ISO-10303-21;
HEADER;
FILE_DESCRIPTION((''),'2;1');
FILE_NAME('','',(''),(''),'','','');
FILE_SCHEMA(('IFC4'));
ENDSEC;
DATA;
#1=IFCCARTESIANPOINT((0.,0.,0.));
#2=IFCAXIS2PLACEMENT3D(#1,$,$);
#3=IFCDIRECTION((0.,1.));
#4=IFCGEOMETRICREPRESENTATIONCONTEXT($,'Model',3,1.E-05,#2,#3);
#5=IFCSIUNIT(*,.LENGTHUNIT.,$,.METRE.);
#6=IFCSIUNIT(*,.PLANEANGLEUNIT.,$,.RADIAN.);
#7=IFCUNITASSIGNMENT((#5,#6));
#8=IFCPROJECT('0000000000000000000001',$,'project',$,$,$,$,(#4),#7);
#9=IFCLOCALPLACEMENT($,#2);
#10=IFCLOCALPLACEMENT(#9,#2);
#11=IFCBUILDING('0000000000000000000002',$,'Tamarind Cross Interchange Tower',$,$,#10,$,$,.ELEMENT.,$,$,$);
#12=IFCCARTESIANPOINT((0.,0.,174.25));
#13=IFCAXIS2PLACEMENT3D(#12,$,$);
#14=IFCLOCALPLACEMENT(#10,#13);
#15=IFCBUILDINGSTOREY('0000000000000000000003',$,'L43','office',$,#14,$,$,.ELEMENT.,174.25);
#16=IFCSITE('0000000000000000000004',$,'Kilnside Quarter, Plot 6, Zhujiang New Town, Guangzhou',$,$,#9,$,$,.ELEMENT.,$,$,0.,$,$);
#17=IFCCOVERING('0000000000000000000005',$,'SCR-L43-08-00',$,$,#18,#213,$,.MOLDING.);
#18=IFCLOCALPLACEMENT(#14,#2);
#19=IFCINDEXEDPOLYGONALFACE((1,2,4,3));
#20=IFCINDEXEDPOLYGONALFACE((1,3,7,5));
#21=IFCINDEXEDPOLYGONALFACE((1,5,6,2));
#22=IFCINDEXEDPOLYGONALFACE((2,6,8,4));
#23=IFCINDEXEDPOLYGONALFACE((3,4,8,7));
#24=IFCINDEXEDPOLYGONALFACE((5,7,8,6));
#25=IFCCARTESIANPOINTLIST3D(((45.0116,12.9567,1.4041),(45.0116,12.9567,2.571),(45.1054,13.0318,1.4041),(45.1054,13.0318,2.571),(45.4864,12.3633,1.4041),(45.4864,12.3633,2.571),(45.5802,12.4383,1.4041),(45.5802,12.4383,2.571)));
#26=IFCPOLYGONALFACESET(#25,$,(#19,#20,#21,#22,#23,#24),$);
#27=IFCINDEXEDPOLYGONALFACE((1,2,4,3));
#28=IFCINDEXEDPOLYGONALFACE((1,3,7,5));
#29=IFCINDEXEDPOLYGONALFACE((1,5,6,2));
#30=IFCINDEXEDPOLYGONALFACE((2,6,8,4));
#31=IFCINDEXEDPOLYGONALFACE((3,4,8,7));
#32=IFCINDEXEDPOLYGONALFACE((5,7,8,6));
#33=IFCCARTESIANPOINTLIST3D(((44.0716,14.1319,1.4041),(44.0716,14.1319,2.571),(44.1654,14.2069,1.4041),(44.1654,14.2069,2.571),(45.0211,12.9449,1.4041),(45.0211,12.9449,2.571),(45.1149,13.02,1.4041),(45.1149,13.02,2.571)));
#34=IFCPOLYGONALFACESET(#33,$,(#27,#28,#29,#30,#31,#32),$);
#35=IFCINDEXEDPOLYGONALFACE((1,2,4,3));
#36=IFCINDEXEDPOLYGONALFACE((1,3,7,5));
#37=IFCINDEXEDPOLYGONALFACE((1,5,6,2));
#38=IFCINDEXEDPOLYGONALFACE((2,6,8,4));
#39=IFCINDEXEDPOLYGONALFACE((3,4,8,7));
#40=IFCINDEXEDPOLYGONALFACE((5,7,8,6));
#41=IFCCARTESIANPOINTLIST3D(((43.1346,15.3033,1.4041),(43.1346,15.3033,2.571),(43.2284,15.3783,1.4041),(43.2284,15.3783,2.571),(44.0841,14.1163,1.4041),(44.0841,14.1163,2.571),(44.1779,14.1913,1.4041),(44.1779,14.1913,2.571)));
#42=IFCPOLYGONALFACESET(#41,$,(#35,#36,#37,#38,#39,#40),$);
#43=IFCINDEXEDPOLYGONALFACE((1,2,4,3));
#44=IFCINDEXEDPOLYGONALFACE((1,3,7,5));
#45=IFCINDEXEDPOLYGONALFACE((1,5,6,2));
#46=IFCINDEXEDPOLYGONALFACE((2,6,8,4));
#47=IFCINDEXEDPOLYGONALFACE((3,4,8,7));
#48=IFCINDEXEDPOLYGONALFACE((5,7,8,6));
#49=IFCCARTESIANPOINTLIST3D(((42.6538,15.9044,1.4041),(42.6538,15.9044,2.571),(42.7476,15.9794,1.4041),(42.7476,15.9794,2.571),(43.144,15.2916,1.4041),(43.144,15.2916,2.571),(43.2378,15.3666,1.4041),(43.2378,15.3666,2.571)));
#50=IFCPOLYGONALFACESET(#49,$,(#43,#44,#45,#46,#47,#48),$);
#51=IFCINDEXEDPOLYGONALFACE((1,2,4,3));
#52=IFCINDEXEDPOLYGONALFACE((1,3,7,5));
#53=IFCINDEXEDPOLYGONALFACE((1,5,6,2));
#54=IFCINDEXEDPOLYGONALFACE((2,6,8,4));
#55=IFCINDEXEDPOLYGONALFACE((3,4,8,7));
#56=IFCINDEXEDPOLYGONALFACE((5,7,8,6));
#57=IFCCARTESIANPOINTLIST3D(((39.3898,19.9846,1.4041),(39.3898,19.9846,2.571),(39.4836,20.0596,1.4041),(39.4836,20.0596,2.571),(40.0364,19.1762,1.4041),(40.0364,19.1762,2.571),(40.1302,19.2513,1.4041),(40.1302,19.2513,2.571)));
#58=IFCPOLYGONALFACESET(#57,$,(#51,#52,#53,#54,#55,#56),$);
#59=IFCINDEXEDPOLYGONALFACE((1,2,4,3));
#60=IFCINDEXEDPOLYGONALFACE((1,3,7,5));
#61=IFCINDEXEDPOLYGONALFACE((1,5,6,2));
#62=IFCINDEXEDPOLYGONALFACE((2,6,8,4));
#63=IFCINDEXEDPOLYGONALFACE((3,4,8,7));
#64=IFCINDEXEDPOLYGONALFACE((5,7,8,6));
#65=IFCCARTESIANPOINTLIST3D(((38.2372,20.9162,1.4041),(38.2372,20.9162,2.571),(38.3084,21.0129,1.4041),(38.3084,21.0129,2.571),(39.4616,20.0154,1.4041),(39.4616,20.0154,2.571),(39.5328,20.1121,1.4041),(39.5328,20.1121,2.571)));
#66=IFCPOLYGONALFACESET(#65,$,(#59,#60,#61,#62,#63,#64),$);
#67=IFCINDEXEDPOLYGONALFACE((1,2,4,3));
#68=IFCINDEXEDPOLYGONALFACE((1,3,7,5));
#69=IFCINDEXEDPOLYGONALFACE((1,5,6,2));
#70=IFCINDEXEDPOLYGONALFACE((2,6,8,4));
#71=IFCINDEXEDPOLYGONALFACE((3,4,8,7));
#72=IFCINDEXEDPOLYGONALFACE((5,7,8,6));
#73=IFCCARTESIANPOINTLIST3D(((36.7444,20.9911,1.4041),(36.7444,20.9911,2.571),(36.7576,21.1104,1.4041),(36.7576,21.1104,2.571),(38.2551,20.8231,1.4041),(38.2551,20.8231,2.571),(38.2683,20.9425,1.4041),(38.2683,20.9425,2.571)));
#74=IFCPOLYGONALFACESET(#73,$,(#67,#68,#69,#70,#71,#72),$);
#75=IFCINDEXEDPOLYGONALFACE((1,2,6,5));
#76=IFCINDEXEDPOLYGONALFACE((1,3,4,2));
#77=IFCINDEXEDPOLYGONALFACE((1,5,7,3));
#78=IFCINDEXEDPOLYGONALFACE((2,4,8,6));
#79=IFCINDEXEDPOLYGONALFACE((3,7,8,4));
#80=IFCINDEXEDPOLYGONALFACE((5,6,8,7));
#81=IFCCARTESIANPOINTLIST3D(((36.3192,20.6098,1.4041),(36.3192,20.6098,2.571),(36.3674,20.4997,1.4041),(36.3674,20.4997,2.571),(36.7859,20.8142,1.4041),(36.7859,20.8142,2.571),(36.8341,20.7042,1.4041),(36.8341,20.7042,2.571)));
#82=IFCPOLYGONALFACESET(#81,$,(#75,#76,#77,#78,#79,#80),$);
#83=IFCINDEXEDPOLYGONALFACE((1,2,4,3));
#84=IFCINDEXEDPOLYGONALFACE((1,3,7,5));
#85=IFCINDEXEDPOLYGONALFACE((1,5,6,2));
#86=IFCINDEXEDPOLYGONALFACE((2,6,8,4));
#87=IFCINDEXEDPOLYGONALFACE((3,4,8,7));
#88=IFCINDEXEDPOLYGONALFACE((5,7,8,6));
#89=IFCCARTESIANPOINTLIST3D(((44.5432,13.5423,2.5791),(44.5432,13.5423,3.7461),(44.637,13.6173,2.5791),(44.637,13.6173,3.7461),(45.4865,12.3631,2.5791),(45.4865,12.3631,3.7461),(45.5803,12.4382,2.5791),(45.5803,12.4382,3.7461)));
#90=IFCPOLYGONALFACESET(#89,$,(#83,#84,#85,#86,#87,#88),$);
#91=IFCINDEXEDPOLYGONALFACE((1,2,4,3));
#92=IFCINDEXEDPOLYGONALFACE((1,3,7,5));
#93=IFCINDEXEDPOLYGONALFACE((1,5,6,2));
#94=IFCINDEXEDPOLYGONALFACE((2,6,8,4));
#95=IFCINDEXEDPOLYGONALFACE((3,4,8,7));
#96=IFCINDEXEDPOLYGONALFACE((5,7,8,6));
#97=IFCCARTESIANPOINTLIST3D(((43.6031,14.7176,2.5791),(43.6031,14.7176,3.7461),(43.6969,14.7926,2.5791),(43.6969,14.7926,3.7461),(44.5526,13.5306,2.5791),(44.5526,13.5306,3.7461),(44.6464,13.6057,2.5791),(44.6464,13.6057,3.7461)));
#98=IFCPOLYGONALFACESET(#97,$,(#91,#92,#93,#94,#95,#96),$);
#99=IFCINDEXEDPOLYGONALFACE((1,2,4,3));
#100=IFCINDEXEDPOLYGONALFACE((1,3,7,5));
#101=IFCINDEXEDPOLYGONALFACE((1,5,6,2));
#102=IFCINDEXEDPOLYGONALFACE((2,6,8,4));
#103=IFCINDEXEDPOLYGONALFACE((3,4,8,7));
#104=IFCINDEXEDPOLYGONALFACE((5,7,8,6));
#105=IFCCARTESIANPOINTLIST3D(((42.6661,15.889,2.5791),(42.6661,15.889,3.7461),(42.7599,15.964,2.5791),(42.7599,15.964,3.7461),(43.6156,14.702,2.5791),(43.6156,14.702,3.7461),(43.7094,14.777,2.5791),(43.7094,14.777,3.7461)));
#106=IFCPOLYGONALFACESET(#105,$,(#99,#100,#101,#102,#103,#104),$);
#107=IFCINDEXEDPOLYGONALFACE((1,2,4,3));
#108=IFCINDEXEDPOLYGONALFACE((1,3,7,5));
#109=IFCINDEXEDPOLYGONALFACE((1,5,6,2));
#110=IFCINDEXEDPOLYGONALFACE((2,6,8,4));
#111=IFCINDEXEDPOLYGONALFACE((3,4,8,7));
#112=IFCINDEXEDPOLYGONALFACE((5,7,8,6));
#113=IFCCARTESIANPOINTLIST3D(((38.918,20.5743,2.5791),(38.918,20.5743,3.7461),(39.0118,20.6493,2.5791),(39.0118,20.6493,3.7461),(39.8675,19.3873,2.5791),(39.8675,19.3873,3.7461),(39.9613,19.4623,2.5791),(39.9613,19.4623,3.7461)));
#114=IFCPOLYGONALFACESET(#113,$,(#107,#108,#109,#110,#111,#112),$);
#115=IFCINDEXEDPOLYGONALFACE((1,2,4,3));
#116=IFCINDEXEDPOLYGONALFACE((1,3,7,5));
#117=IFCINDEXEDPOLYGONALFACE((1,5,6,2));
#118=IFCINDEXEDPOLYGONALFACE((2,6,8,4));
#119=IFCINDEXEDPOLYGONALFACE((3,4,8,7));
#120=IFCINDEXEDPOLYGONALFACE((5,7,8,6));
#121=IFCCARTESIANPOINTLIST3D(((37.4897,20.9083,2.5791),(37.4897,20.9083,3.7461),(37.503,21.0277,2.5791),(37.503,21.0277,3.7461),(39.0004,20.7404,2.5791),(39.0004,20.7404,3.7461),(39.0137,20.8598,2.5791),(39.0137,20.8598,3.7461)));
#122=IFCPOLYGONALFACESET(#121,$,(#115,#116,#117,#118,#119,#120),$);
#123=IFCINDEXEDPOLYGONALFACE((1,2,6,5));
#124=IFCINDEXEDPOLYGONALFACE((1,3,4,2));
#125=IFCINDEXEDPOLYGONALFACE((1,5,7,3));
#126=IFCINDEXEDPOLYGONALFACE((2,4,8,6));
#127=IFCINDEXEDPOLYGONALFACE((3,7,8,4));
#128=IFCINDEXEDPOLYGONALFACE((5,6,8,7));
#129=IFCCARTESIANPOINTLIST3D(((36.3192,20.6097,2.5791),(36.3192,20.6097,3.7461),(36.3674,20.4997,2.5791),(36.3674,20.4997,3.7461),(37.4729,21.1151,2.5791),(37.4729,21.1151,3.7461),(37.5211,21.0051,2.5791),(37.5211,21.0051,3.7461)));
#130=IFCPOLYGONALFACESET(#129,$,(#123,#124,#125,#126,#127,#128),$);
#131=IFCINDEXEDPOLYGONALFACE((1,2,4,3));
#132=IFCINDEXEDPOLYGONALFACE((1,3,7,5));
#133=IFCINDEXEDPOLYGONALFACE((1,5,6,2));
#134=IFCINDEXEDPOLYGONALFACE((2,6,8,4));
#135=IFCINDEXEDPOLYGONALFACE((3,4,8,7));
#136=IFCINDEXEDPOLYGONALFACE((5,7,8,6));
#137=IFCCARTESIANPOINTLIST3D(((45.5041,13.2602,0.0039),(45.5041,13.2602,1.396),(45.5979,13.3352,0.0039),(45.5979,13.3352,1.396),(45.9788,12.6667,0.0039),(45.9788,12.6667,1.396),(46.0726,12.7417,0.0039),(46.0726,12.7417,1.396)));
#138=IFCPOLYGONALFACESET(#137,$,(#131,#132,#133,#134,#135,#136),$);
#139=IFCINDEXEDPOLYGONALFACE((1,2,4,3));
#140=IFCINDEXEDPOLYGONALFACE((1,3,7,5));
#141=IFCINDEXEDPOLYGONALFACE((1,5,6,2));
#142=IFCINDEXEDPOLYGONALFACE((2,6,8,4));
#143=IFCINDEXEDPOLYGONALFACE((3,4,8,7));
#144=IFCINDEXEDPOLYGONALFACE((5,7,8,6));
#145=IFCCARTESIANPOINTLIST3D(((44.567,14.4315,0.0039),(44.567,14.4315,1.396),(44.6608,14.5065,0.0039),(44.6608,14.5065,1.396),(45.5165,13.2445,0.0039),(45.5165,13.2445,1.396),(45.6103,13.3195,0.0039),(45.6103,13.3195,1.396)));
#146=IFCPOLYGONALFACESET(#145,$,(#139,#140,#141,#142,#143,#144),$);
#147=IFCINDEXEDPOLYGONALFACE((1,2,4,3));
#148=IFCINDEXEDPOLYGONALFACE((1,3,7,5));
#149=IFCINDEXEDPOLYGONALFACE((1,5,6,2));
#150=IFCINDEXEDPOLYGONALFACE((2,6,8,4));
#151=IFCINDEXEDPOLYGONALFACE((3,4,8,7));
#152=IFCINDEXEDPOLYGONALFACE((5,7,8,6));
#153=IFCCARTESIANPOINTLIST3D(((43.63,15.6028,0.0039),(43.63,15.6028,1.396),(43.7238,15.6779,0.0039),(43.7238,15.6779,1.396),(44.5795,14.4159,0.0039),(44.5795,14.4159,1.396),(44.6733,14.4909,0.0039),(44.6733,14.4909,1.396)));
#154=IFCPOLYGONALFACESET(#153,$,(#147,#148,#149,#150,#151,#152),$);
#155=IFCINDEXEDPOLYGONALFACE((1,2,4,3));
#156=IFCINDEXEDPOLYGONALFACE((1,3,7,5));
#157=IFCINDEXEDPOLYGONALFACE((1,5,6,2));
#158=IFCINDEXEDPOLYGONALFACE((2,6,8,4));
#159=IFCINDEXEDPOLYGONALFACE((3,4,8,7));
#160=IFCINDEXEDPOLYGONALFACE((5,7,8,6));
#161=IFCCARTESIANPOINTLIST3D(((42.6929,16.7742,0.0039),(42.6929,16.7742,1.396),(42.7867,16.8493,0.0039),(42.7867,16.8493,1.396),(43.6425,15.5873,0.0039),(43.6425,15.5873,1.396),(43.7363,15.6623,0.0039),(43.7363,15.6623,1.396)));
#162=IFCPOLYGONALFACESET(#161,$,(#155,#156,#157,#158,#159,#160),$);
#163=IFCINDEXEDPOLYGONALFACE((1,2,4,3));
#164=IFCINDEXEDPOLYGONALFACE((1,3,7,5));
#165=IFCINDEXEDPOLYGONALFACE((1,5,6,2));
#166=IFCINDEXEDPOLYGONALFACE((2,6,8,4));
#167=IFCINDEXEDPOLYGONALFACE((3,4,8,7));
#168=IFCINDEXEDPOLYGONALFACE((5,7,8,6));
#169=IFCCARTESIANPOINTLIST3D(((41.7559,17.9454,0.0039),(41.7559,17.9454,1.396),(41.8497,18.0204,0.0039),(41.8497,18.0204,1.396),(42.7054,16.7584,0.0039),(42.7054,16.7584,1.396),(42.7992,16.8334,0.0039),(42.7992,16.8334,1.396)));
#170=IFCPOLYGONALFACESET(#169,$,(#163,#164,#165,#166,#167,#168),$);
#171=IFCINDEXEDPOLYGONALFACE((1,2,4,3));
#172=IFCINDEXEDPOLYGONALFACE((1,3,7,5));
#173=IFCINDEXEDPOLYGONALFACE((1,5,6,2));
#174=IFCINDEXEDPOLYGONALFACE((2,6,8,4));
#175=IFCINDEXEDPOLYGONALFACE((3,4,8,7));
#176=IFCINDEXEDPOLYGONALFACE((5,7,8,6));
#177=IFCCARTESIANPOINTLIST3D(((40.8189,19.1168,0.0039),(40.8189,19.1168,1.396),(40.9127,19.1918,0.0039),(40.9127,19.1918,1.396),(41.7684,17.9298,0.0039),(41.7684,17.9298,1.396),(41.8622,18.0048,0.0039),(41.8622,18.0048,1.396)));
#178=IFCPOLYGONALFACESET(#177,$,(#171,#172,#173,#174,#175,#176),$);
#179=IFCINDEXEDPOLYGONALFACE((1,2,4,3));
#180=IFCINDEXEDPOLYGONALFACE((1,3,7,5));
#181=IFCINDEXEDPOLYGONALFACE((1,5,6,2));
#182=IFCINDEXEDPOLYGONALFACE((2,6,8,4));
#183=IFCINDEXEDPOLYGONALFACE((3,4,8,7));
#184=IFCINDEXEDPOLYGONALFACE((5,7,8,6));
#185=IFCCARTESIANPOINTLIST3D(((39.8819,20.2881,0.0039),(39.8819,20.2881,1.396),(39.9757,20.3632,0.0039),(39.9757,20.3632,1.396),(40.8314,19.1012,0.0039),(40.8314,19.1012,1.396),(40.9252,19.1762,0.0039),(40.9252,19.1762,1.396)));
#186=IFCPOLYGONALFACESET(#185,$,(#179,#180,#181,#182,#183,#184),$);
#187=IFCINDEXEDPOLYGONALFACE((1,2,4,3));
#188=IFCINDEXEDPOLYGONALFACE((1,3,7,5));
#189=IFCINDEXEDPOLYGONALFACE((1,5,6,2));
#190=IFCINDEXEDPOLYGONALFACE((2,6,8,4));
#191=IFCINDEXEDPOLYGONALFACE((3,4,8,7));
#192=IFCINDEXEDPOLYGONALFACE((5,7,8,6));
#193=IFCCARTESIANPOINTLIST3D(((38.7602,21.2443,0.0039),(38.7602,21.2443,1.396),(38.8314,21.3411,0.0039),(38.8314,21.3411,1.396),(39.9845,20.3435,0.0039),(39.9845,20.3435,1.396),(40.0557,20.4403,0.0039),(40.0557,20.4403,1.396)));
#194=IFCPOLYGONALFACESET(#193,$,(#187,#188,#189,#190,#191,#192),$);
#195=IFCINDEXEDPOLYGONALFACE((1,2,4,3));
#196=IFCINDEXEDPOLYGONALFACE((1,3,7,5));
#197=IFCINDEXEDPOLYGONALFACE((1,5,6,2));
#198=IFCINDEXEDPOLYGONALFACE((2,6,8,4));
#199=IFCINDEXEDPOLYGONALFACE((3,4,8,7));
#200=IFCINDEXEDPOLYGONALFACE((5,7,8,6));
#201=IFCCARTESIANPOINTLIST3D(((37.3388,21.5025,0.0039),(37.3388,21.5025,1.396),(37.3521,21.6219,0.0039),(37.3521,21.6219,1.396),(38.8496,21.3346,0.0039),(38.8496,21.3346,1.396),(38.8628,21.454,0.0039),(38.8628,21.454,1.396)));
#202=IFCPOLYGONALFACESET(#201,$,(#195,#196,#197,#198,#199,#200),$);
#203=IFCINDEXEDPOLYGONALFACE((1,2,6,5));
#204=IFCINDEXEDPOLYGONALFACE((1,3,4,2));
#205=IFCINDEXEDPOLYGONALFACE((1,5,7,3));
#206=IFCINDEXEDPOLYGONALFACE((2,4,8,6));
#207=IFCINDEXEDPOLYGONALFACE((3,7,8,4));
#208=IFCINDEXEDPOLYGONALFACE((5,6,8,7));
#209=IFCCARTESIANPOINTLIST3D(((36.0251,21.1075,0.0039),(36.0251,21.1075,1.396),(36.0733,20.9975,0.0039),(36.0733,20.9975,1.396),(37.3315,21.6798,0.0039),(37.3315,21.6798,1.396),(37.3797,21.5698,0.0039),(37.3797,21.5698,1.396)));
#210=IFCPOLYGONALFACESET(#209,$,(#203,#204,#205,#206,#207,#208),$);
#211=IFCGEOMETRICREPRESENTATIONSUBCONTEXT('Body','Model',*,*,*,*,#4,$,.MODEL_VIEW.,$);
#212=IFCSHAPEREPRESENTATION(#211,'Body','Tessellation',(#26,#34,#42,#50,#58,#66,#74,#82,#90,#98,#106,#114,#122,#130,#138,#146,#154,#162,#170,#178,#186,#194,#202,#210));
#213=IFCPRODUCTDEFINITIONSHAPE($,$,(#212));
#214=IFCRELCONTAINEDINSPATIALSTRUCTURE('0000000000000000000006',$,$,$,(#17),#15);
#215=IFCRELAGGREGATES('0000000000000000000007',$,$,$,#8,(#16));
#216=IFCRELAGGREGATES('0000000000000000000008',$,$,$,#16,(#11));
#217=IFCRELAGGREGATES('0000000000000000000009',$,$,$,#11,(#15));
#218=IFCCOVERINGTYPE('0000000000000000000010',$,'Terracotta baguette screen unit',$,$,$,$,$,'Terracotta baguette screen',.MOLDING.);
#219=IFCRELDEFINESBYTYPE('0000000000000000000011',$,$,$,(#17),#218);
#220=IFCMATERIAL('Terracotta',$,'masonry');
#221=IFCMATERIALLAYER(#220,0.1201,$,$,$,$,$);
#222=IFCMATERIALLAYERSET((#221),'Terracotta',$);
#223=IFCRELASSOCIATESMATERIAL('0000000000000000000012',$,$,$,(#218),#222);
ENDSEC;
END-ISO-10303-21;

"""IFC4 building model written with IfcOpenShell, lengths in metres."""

from ifc_helpers import new_model, si_unit, direction, frame, origin, origin_2d, place, context, subcontext, project, spatial, rectangle, extrude, material, layer, layer_set, type_object, element, save


model = new_model("IFC4")

# Units and contexts
model_context = context("Model", 3, precision=1e-05, world=origin(), true_north=direction((0.0, 1.0)))
body_context = subcontext(model_context, "Body", "Model", "MODEL_VIEW")
ifc_project = project(units=[si_unit("LENGTHUNIT", "METRE"), si_unit("PLANEANGLEUNIT", "RADIAN")], contexts=[model_context])

# Site, building, storey
site_placement = place(None, origin())
site = spatial("IfcSite", under=ifc_project, at=site_placement, Name="Kilnside Quarter, Plot 6, Zhujiang New Town, Guangzhou", CompositionType="ELEMENT", RefElevation=0.0)
building_placement = place(site_placement, origin())
building = spatial("IfcBuilding", under=site, at=building_placement, Name="Tamarind Cross Interchange Tower", CompositionType="ELEMENT")
storey_placement = place(building_placement, frame((0.0, 0.0, 174.25)))
storey = spatial("IfcBuildingStorey", under=building, at=storey_placement, Name="L43", Description="office", CompositionType="ELEMENT", Elevation=174.25)

# Covering
ifc_material_1 = material(Name="Terracotta", Category="masonry")
ifc_layer_1 = layer(ifc_material_1, 0.1201)
ifc_layer_set_1 = layer_set([ifc_layer_1], Name="Terracotta")
covering_type = type_object("IfcCoveringType", Name="Terracotta baguette screen unit", ElementType="Terracotta baguette screen", PredefinedType="MOLDING", material=ifc_layer_set_1)
covering_1_placement = place(storey_placement, origin())
element("IfcCovering", 1, at=covering_1_placement, inside=storey, type_object=covering_type, Name="SCR-L43-08-00", PredefinedType="MOLDING", context=body_context, shape_type="SweptSolid", body=[
    extrude(rectangle(XDim=0.76, YDim=0.1201, at=origin_2d()), frame((45.2959, 12.6975, 1.4041), z_axis=(0.0, 0.0, 1.0), x_axis=(-0.624665, 0.780893, 0.0)), (0.0, 0.0, 1.0), 1.167),
    extrude(rectangle(XDim=1.52, YDim=0.1201, at=origin_2d()), frame((44.5933, 13.5759, 1.4041), z_axis=(0.0, 0.0, 1.0), x_axis=(-0.624665, 0.780893, 0.0)), (0.0, 0.0, 1.0), 1.167),
    extrude(rectangle(XDim=1.52, YDim=0.1201, at=origin_2d()), frame((43.6562, 14.7473, 1.4041), z_axis=(0.0, 0.0, 1.0), x_axis=(-0.624665, 0.780893, 0.0)), (0.0, 0.0, 1.0), 1.167),
    extrude(rectangle(XDim=0.7847, YDim=0.1201, at=origin_2d()), frame((42.9458, 15.6355, 1.4041), z_axis=(0.0, 0.0, 1.0), x_axis=(-0.624665, 0.780893, 0.0)), (0.0, 0.0, 1.0), 1.167),
    extrude(rectangle(XDim=1.0352, YDim=0.1201, at=origin_2d()), frame((39.76, 19.6179, 1.4041), z_axis=(0.0, 0.0, 1.0), x_axis=(-0.624665, 0.780893, 0.0)), (0.0, 0.0, 1.0), 1.167),
    extrude(rectangle(XDim=1.52, YDim=0.1201, at=origin_2d()), frame((38.885, 20.5142, 1.4041), z_axis=(0.0, 0.0, 1.0), x_axis=(-0.80549, 0.592609, 0.0)), (0.0, 0.0, 1.0), 1.167),
    extrude(rectangle(XDim=1.52, YDim=0.1201, at=origin_2d()), frame((37.5063, 20.9668, 1.4041), z_axis=(0.0, 0.0, 1.0), x_axis=(-0.993879, 0.11047, 0.0)), (0.0, 0.0, 1.0), 1.167),
    extrude(rectangle(XDim=0.5095, YDim=0.1201, at=origin_2d()), frame((36.5767, 20.657, 1.4041), z_axis=(0.0, 0.0, 1.0), x_axis=(-0.91596, -0.40127, 0.0)), (0.0, 0.0, 1.0), 1.167),
    extrude(rectangle(XDim=1.51, YDim=0.1201, at=origin_2d()), frame((45.0618, 12.9902, 2.5791), z_axis=(0.0, 0.0, 1.0), x_axis=(-0.624665, 0.780893, 0.0)), (0.0, 0.0, 1.0), 1.167),
    extrude(rectangle(XDim=1.52, YDim=0.1201, at=origin_2d()), frame((44.1248, 14.1616, 2.5791), z_axis=(0.0, 0.0, 1.0), x_axis=(-0.624665, 0.780893, 0.0)), (0.0, 0.0, 1.0), 1.167),
    extrude(rectangle(XDim=1.52, YDim=0.1201, at=origin_2d()), frame((43.1877, 15.333, 2.5791), z_axis=(0.0, 0.0, 1.0), x_axis=(-0.624665, 0.780893, 0.0)), (0.0, 0.0, 1.0), 1.167),
    extrude(rectangle(XDim=1.52, YDim=0.1201, at=origin_2d()), frame((39.4397, 20.0183, 2.5791), z_axis=(0.0, 0.0, 1.0), x_axis=(-0.624665, 0.780893, 0.0)), (0.0, 0.0, 1.0), 1.167),
    extrude(rectangle(XDim=1.52, YDim=0.1201, at=origin_2d()), frame((38.2517, 20.884, 2.5791), z_axis=(0.0, 0.0, 1.0), x_axis=(-0.993879, 0.11047, 0.0)), (0.0, 0.0, 1.0), 1.167),
    extrude(rectangle(XDim=1.2595, YDim=0.1201, at=origin_2d()), frame((36.9202, 20.8074, 2.5791), z_axis=(0.0, 0.0, 1.0), x_axis=(-0.91596, -0.40127, 0.0)), (0.0, 0.0, 1.0), 1.167),
    extrude(rectangle(XDim=0.76, YDim=0.1201, at=origin_2d()), frame((45.7883, 13.001, 0.0039), z_axis=(0.0, 0.0, 1.0), x_axis=(-0.624665, 0.780893, 0.0)), (0.0, 0.0, 1.0), 1.3921),
    extrude(rectangle(XDim=1.52, YDim=0.1201, at=origin_2d()), frame((45.0886, 13.8755, 0.0039), z_axis=(0.0, 0.0, 1.0), x_axis=(-0.624665, 0.780893, 0.0)), (0.0, 0.0, 1.0), 1.3921),
    extrude(rectangle(XDim=1.52, YDim=0.1201, at=origin_2d()), frame((44.1516, 15.0469, 0.0039), z_axis=(0.0, 0.0, 1.0), x_axis=(-0.624665, 0.780893, 0.0)), (0.0, 0.0, 1.0), 1.3921),
    extrude(rectangle(XDim=1.52, YDim=0.1201, at=origin_2d()), frame((43.2146, 16.2183, 0.0039), z_axis=(0.0, 0.0, 1.0), x_axis=(-0.624665, 0.780893, 0.0)), (0.0, 0.0, 1.0), 1.3921),
    extrude(rectangle(XDim=1.52, YDim=0.1201, at=origin_2d()), frame((42.2776, 17.3894, 0.0039), z_axis=(0.0, 0.0, 1.0), x_axis=(-0.624665, 0.780893, 0.0)), (0.0, 0.0, 1.0), 1.3921),
    extrude(rectangle(XDim=1.52, YDim=0.1201, at=origin_2d()), frame((41.3406, 18.5608, 0.0039), z_axis=(0.0, 0.0, 1.0), x_axis=(-0.624665, 0.780893, 0.0)), (0.0, 0.0, 1.0), 1.3921),
    extrude(rectangle(XDim=1.52, YDim=0.1201, at=origin_2d()), frame((40.4036, 19.7322, 0.0039), z_axis=(0.0, 0.0, 1.0), x_axis=(-0.624665, 0.780893, 0.0)), (0.0, 0.0, 1.0), 1.3921),
    extrude(rectangle(XDim=1.52, YDim=0.1201, at=origin_2d()), frame((39.408, 20.8423, 0.0039), z_axis=(0.0, 0.0, 1.0), x_axis=(-0.80549, 0.592609, 0.0)), (0.0, 0.0, 1.0), 1.3921),
    extrude(rectangle(XDim=1.52, YDim=0.1201, at=origin_2d()), frame((38.1008, 21.4783, 0.0039), z_axis=(0.0, 0.0, 1.0), x_axis=(-0.993879, 0.11047, 0.0)), (0.0, 0.0, 1.0), 1.3921),
    extrude(rectangle(XDim=1.4263, YDim=0.1201, at=origin_2d()), frame((36.7024, 21.3386, 0.0039), z_axis=(0.0, 0.0, 1.0), x_axis=(-0.91596, -0.40127, 0.0)), (0.0, 0.0, 1.0), 1.3921),
])

save(model, "model.ifc")
